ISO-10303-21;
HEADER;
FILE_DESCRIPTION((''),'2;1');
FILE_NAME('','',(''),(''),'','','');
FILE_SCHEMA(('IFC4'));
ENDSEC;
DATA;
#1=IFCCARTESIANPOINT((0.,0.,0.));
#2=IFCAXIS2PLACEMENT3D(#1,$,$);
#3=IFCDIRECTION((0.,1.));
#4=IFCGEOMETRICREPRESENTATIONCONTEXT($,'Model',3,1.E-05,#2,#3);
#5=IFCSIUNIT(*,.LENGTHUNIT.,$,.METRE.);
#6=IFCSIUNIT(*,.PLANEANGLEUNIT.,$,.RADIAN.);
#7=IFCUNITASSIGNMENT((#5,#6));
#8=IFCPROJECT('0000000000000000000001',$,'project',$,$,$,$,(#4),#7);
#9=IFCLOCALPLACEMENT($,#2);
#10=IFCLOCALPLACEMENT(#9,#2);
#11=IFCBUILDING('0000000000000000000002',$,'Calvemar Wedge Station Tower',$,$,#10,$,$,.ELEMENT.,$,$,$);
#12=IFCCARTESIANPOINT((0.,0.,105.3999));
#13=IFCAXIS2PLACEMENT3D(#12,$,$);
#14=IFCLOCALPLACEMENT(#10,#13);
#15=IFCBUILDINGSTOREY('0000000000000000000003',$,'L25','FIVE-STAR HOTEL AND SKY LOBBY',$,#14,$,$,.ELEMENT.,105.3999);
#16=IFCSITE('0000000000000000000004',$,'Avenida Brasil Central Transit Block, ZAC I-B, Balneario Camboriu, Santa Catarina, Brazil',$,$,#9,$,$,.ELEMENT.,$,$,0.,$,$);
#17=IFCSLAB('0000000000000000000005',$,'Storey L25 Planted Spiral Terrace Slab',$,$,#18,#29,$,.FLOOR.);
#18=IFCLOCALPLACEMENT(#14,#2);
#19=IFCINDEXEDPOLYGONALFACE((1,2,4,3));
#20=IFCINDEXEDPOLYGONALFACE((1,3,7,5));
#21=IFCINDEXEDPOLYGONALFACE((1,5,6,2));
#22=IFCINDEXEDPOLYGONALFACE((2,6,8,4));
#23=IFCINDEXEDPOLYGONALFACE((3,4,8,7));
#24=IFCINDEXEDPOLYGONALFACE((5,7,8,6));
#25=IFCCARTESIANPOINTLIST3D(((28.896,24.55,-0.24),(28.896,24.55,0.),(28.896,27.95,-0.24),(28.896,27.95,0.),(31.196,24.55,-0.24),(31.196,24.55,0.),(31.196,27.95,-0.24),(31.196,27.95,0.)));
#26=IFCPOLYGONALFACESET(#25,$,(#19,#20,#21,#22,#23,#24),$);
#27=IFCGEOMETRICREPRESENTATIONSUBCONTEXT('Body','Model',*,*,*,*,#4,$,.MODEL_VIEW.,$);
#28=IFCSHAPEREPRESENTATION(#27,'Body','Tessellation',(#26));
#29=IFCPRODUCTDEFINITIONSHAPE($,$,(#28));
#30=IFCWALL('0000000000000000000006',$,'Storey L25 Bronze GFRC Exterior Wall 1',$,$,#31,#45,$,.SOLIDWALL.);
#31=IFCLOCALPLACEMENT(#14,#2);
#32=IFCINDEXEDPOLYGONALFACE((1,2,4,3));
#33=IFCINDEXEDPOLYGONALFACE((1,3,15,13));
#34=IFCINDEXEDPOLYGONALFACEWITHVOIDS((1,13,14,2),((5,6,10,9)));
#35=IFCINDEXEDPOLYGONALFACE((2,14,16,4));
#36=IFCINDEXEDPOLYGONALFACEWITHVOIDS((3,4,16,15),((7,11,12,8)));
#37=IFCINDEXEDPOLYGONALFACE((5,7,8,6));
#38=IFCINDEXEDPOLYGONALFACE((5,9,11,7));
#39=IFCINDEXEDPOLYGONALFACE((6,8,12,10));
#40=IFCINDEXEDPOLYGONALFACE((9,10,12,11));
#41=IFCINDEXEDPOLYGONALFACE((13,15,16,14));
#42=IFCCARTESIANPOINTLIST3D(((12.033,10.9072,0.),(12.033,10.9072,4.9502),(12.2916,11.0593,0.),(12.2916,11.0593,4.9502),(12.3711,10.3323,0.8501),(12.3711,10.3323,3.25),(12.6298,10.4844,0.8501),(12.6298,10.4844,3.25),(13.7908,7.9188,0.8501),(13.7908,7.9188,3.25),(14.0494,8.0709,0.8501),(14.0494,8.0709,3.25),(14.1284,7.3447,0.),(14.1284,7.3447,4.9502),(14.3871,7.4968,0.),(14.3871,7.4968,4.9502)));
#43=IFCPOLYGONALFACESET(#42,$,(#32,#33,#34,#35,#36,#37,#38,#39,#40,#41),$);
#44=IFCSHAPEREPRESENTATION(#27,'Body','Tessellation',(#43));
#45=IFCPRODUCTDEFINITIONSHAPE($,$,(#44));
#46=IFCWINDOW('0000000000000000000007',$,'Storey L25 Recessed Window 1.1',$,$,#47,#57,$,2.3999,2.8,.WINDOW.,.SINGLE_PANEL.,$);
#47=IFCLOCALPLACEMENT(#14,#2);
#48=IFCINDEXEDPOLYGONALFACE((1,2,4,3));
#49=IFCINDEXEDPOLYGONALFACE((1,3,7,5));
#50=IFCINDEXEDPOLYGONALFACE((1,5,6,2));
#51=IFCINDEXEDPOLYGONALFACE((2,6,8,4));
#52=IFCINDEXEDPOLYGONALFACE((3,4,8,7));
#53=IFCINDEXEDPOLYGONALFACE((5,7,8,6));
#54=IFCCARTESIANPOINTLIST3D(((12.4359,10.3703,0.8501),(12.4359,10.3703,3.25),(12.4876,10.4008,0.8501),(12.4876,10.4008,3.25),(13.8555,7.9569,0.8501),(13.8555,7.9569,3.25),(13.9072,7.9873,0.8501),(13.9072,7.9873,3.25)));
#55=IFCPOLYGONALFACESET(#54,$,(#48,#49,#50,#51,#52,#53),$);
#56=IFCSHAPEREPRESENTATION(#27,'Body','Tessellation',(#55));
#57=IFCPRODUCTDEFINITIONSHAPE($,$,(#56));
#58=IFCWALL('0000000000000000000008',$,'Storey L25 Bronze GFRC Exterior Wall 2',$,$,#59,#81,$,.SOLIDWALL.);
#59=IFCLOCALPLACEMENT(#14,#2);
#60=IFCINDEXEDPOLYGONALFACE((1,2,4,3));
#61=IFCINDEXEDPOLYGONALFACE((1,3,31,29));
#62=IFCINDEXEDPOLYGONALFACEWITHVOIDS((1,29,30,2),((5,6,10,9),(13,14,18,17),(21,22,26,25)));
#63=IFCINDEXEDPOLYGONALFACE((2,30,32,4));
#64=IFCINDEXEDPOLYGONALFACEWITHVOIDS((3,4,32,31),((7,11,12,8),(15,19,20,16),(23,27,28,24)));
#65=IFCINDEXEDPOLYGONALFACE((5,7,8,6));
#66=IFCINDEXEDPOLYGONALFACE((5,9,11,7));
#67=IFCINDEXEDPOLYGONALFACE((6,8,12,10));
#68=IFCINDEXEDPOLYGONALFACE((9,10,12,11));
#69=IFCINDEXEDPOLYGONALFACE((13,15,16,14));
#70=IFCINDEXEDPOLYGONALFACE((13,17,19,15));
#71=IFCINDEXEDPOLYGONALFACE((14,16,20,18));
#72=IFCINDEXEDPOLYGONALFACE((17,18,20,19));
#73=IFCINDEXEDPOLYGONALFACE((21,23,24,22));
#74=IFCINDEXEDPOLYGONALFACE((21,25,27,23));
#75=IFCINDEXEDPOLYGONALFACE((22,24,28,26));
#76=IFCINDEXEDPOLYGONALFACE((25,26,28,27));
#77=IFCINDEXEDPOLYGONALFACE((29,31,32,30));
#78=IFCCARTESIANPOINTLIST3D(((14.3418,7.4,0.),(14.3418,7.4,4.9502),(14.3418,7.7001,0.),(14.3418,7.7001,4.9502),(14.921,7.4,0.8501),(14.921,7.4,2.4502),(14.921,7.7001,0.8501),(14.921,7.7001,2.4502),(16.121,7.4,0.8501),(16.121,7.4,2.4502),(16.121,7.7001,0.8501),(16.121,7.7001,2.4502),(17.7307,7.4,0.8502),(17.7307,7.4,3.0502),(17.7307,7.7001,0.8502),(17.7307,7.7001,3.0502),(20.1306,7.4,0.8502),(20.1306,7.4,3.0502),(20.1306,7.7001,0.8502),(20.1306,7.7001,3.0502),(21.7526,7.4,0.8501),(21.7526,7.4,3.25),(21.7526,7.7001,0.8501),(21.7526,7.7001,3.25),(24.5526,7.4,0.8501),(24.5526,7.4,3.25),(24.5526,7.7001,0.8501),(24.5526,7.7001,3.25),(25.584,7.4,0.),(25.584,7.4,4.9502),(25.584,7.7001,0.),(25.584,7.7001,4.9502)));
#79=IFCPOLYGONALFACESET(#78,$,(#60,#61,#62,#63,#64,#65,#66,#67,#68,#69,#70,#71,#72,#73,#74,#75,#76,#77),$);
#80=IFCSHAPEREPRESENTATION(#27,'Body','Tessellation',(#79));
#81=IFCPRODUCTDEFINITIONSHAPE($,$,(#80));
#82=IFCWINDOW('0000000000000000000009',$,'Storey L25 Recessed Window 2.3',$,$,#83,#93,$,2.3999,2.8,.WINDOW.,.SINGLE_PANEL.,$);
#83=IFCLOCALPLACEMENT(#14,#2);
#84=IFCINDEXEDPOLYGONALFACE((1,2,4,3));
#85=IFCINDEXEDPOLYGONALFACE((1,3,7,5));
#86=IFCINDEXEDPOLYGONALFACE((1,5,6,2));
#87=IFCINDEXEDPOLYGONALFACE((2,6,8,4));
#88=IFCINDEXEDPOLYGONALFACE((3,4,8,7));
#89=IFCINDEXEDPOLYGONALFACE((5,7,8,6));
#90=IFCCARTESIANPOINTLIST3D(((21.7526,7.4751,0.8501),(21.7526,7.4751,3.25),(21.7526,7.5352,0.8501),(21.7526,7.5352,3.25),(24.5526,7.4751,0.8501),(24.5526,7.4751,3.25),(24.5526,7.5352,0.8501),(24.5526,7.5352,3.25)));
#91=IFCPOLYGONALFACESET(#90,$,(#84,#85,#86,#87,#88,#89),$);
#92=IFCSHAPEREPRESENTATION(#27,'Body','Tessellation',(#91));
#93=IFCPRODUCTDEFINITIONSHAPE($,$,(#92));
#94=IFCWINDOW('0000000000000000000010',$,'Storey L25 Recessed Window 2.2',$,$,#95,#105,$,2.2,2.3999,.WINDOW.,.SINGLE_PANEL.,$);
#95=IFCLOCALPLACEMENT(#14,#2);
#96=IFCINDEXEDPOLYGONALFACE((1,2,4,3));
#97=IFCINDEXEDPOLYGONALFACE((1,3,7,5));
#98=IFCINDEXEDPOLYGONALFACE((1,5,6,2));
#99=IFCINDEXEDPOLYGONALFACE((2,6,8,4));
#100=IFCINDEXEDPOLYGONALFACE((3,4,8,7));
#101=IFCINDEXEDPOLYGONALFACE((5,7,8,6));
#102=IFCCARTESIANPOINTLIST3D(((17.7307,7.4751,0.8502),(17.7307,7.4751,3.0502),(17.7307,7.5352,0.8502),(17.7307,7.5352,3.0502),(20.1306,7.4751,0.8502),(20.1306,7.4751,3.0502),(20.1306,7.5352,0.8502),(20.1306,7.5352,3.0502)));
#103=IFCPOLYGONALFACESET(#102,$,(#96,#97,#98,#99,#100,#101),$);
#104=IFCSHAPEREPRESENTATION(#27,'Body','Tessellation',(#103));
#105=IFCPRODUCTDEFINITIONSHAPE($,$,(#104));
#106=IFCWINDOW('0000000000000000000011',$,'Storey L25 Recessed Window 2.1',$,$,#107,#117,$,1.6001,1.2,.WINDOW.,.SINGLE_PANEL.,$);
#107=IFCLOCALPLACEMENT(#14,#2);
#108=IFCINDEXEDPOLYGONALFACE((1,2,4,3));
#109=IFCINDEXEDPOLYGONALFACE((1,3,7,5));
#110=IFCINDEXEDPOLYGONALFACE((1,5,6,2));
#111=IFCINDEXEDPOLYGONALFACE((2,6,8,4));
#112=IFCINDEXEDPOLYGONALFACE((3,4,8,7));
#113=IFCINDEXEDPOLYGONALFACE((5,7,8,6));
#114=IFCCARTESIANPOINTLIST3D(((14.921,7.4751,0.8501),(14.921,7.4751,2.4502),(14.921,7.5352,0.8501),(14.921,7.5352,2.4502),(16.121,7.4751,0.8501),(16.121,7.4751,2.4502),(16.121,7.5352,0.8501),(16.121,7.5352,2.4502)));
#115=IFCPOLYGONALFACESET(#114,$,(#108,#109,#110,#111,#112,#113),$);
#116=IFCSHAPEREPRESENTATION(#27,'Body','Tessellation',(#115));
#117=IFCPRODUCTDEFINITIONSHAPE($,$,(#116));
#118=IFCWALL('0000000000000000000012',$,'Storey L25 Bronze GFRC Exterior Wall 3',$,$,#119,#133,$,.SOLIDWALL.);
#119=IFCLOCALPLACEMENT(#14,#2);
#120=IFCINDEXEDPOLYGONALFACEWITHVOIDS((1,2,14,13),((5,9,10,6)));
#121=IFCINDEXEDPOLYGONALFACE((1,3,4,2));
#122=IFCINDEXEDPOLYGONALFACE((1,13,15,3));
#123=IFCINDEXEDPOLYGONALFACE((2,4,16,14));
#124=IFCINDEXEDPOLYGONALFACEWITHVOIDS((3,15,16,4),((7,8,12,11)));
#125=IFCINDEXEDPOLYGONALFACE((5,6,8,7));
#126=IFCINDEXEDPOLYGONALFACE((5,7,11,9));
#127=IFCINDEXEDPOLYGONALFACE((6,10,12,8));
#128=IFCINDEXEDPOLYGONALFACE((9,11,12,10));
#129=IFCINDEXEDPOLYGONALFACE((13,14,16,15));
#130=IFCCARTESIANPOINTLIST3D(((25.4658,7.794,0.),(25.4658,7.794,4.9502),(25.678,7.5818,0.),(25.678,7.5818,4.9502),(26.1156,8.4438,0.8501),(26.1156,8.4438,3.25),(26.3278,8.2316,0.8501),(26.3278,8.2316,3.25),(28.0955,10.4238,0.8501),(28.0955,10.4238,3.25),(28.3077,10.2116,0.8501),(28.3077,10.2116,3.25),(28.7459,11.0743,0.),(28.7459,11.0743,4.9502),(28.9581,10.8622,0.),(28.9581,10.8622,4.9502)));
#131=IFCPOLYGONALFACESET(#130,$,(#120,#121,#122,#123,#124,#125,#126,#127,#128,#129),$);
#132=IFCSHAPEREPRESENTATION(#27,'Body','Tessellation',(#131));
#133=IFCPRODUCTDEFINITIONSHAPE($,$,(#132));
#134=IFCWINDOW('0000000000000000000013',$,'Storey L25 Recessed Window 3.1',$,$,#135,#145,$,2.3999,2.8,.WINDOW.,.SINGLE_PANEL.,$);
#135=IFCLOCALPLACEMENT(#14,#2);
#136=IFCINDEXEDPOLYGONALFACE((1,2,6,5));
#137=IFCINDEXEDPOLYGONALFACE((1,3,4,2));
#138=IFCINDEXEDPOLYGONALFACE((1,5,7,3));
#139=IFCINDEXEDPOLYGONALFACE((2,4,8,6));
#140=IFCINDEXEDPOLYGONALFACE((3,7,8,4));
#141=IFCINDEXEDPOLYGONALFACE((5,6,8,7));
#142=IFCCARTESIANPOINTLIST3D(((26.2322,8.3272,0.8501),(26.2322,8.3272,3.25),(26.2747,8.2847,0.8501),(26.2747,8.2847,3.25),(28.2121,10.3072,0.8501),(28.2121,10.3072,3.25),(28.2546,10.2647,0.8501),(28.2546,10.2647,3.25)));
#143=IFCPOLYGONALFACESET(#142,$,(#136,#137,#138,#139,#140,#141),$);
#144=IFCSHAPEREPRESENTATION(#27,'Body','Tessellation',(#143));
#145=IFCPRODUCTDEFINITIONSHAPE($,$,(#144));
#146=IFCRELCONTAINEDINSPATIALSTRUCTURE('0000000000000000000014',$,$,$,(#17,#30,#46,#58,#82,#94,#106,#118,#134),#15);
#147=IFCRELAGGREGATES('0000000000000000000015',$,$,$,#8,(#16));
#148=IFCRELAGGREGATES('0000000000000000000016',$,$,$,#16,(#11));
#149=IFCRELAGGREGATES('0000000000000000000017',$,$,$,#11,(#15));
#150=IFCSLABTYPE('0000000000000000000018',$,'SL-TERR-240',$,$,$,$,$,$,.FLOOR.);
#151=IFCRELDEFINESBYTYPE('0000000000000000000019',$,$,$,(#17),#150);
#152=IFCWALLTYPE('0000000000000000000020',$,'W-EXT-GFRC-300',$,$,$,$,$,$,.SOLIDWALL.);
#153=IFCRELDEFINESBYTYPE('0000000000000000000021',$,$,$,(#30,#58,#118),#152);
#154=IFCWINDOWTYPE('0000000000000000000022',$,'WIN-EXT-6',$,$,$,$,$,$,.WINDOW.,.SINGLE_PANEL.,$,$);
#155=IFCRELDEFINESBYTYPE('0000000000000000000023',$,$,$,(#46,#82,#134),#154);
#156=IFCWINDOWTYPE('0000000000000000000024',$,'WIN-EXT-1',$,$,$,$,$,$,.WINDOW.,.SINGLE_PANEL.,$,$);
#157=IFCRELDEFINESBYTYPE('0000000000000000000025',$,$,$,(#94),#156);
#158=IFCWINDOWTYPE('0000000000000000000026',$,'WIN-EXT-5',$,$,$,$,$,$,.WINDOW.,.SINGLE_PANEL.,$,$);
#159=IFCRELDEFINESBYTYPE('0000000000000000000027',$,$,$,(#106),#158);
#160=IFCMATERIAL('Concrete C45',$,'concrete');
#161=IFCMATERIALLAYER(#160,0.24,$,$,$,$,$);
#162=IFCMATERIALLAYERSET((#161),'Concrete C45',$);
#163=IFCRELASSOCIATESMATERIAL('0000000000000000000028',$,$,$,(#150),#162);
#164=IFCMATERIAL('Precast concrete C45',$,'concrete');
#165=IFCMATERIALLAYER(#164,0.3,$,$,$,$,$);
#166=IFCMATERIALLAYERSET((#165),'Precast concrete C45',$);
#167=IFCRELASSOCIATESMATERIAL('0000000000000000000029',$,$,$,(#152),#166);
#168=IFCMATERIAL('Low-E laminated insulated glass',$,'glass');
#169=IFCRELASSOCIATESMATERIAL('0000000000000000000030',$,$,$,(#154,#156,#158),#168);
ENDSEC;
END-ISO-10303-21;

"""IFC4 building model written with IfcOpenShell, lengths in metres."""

from ifc_helpers import new_model, si_unit, direction, frame, frame_2d, origin, place, context, subcontext, project, spatial, polyline, rectangle, outline, extrude, source, transform, mapped, material, layer, layer_set, type_object, element, fill, save


model = new_model("IFC4")

# Units and contexts
model_context = context("Model", 3, precision=1e-05, world=origin(), true_north=direction((0.0, 1.0)))
body_context = subcontext(model_context, "Body", "Model", "MODEL_VIEW")
ifc_project = project(units=[si_unit("LENGTHUNIT", "METRE"), si_unit("PLANEANGLEUNIT", "RADIAN")], contexts=[model_context])

# Site, building, storey
site_placement = place(None, origin())
site = spatial("IfcSite", under=ifc_project, at=site_placement, Name="Avenida Brasil Central Transit Block, ZAC I-B, Balneario Camboriu, Santa Catarina, Brazil", CompositionType="ELEMENT", RefElevation=0.0)
building_placement = place(site_placement, origin())
building = spatial("IfcBuilding", under=site, at=building_placement, Name="Calvemar Wedge Station Tower", CompositionType="ELEMENT")
storey_placement = place(building_placement, frame((0.0, 0.0, 105.3999)))
storey = spatial("IfcBuildingStorey", under=building, at=storey_placement, Name="L25", Description="FIVE-STAR HOTEL AND SKY LOBBY", CompositionType="ELEMENT", Elevation=105.3999)

# Shared definitions
ifc_material_1 = material(Name="Concrete C45", Category="concrete")

# Slab
ifc_layer_1 = layer(ifc_material_1, 0.24)
ifc_layer_set_1 = layer_set([ifc_layer_1], Name="Concrete C45")
slab_type_1 = type_object("IfcSlabType", Name="SL-TERR-240", PredefinedType="FLOOR", material=ifc_layer_set_1)
slab_1_placement = place(storey_placement, frame((0.0, 0.0, -0.24)))
element("IfcSlab", 1, at=slab_1_placement, inside=storey, type_object=slab_type_1, Name="Storey L25 Planted Spiral Terrace Slab", PredefinedType="FLOOR", context=body_context, shape_type="SweptSolid", body=[
    extrude(outline(polyline([(28.896, 24.55), (31.196, 24.55), (31.196, 27.95), (28.896, 27.95), (28.896, 24.55)])), origin(), (0.0, 0.0, 1.0), 0.24),
])

# Wall, opening, window
ifc_material_2 = material(Name="Precast concrete C45", Category="concrete")
ifc_layer_2 = layer(ifc_material_2, 0.3)
ifc_layer_set_2 = layer_set([ifc_layer_2], Name="Precast concrete C45")
wall_type_1 = type_object("IfcWallType", Name="W-EXT-GFRC-300", PredefinedType="SOLIDWALL", material=ifc_layer_set_2)
wall_1_placement = place(storey_placement, frame((12.1624, 10.9832, 0.0), z_axis=(0.0, 0.0, 1.0), x_axis=(0.506997, -0.861948, 0.0)))
wall_1 = element("IfcWall", 2, at=wall_1_placement, inside=storey, type_object=wall_type_1, Name="Storey L25 Bronze GFRC Exterior Wall 1", PredefinedType="SOLIDWALL", context=body_context, shape_type="SweptSolid", body=[
    extrude(rectangle(XDim=4.1331, YDim=0.3, at=frame_2d((2.0664, 0.0))), origin(), (0.0, 0.0, 1.0), 4.9502),
])
shared_shape_1 = source(origin(), body_context, "Body", "SweptSolid", [
    extrude(rectangle(XDim=2.8, YDim=2.3999, at=frame_2d((1.3999, 1.2))), frame((0.0, 0.1602, 0.0), z_axis=(0.0, -1.0, 0.0), x_axis=(1.0, 0.0, 0.0)), (0.0, 0.0, 1.0), 0.3201),
])
opening_1_placement = place(wall_1_placement, frame((0.667, 0.0, 0.8501)))
opening_1 = element("IfcOpeningElement", 3, at=opening_1_placement, cuts=wall_1, PredefinedType="OPENING", context=body_context, shape_type="MappedRepresentation", body=[
    mapped(shared_shape_1, transform((0.0, 0.0, 0.0), scale=1.0)),
])
ifc_material_3 = material(Name="Low-E laminated insulated glass", Category="glass")
window_type_1 = type_object("IfcWindowType", Name="WIN-EXT-6", PartitioningType="SINGLE_PANEL", PredefinedType="WINDOW", material=ifc_material_3)
shared_shape_2 = source(origin(), body_context, "Body", "SweptSolid", [
    extrude(rectangle(XDim=2.8, YDim=2.3999, at=frame_2d((1.3999, 1.2))), frame((0.0, -0.0149, 0.0), z_axis=(0.0, -1.0, 0.0), x_axis=(1.0, 0.0, 0.0)), (0.0, 0.0, 1.0), 0.0601),
])
window_1_placement = place(opening_1_placement, origin())
window_1 = element("IfcWindow", 4, at=window_1_placement, inside=storey, type_object=window_type_1, Name="Storey L25 Recessed Window 1.1", OverallHeight=2.3999, OverallWidth=2.8, PartitioningType="SINGLE_PANEL", PredefinedType="WINDOW", context=body_context, shape_type="MappedRepresentation", body=[
    mapped(shared_shape_2, transform((0.0, 0.0, 0.0), scale=1.0)),
])
fill(opening_1, window_1)

# Wall, openings, windows
wall_2_placement = place(storey_placement, frame((14.3418, 7.55, 0.0), z_axis=(0.0, 0.0, 1.0), x_axis=(1.0, 0.0, 0.0)))
wall_2 = element("IfcWall", 5, at=wall_2_placement, inside=storey, type_object=wall_type_1, Name="Storey L25 Bronze GFRC Exterior Wall 2", PredefinedType="SOLIDWALL", context=body_context, shape_type="SweptSolid", body=[
    extrude(rectangle(XDim=11.2422, YDim=0.3, at=frame_2d((5.6211, 0.0))), origin(), (0.0, 0.0, 1.0), 4.9502),
])
shared_shape_3 = source(origin(), body_context, "Body", "SweptSolid", [
    extrude(rectangle(XDim=1.2, YDim=1.6001, at=frame_2d((0.6001, 0.8))), frame((0.0, 0.1602, 0.0), z_axis=(0.0, -1.0, 0.0), x_axis=(1.0, 0.0, 0.0)), (0.0, 0.0, 1.0), 0.3201),
])
opening_2_placement = place(wall_2_placement, frame((0.5791, 0.0, 0.8501)))
opening_2 = element("IfcOpeningElement", 6, at=opening_2_placement, cuts=wall_2, PredefinedType="OPENING", context=body_context, shape_type="MappedRepresentation", body=[
    mapped(shared_shape_3, transform((0.0, 0.0, 0.0), scale=1.0)),
])
shared_shape_4 = source(origin(), body_context, "Body", "SweptSolid", [
    extrude(rectangle(XDim=2.3999, YDim=2.2, at=frame_2d((1.2, 1.1001))), frame((0.0, 0.1602, 0.0), z_axis=(0.0, -1.0, 0.0), x_axis=(1.0, 0.0, 0.0)), (0.0, 0.0, 1.0), 0.3201),
])
opening_3_placement = place(wall_2_placement, frame((3.3889, 0.0, 0.8501)))
opening_3 = element("IfcOpeningElement", 7, at=opening_3_placement, cuts=wall_2, PredefinedType="OPENING", context=body_context, shape_type="MappedRepresentation", body=[
    mapped(shared_shape_4, transform((0.0, 0.0, 0.0), scale=1.0)),
])
opening_4_placement = place(wall_2_placement, frame((7.4109, 0.0, 0.8501)))
opening_4 = element("IfcOpeningElement", 8, at=opening_4_placement, cuts=wall_2, PredefinedType="OPENING", context=body_context, shape_type="MappedRepresentation", body=[
    mapped(shared_shape_1, transform((0.0, 0.0, 0.0), scale=1.0)),
])
window_2_placement = place(opening_4_placement, origin())
window_2 = element("IfcWindow", 9, at=window_2_placement, inside=storey, type_object=window_type_1, Name="Storey L25 Recessed Window 2.3", OverallHeight=2.3999, OverallWidth=2.8, PartitioningType="SINGLE_PANEL", PredefinedType="WINDOW", context=body_context, shape_type="MappedRepresentation", body=[
    mapped(shared_shape_2, transform((0.0, 0.0, 0.0), scale=1.0)),
])
fill(opening_4, window_2)
window_type_2 = type_object("IfcWindowType", Name="WIN-EXT-1", PartitioningType="SINGLE_PANEL", PredefinedType="WINDOW", material=ifc_material_3)
shared_shape_5 = source(origin(), body_context, "Body", "SweptSolid", [
    extrude(rectangle(XDim=2.3999, YDim=2.2, at=frame_2d((1.2, 1.1001))), frame((0.0, -0.0149, 0.0), z_axis=(0.0, -1.0, 0.0), x_axis=(1.0, 0.0, 0.0)), (0.0, 0.0, 1.0), 0.0601),
])
window_3_placement = place(opening_3_placement, origin())
window_3 = element("IfcWindow", 10, at=window_3_placement, inside=storey, type_object=window_type_2, Name="Storey L25 Recessed Window 2.2", OverallHeight=2.2, OverallWidth=2.3999, PartitioningType="SINGLE_PANEL", PredefinedType="WINDOW", context=body_context, shape_type="MappedRepresentation", body=[
    mapped(shared_shape_5, transform((0.0, 0.0, 0.0), scale=1.0)),
])
fill(opening_3, window_3)
window_type_3 = type_object("IfcWindowType", Name="WIN-EXT-5", PartitioningType="SINGLE_PANEL", PredefinedType="WINDOW", material=ifc_material_3)
shared_shape_6 = source(origin(), body_context, "Body", "SweptSolid", [
    extrude(rectangle(XDim=1.2, YDim=1.6001, at=frame_2d((0.6001, 0.8))), frame((0.0, -0.0149, 0.0), z_axis=(0.0, -1.0, 0.0), x_axis=(1.0, 0.0, 0.0)), (0.0, 0.0, 1.0), 0.0601),
])
window_4_placement = place(opening_2_placement, origin())
window_4 = element("IfcWindow", 11, at=window_4_placement, inside=storey, type_object=window_type_3, Name="Storey L25 Recessed Window 2.1", OverallHeight=1.6001, OverallWidth=1.2, PartitioningType="SINGLE_PANEL", PredefinedType="WINDOW", context=body_context, shape_type="MappedRepresentation", body=[
    mapped(shared_shape_6, transform((0.0, 0.0, 0.0), scale=1.0)),
])
fill(opening_2, window_4)

# Wall, opening, window
wall_3_placement = place(storey_placement, frame((25.572, 7.688, 0.0), z_axis=(0.0, 0.0, 1.0), x_axis=(0.70708, 0.707133, 0.0)))
wall_3 = element("IfcWall", 12, at=wall_3_placement, inside=storey, type_object=wall_type_1, Name="Storey L25 Bronze GFRC Exterior Wall 3", PredefinedType="SOLIDWALL", context=body_context, shape_type="SweptSolid", body=[
    extrude(rectangle(XDim=4.6389, YDim=0.3, at=frame_2d((2.3193, 0.0))), origin(), (0.0, 0.0, 1.0), 4.9502),
])
opening_5_placement = place(wall_3_placement, frame((0.9189, 0.0, 0.8501)))
opening_5 = element("IfcOpeningElement", 13, at=opening_5_placement, cuts=wall_3, PredefinedType="OPENING", context=body_context, shape_type="MappedRepresentation", body=[
    mapped(shared_shape_1, transform((0.0, 0.0, 0.0), scale=1.0)),
])
window_5_placement = place(opening_5_placement, origin())
window_5 = element("IfcWindow", 14, at=window_5_placement, inside=storey, type_object=window_type_1, Name="Storey L25 Recessed Window 3.1", OverallHeight=2.3999, OverallWidth=2.8, PartitioningType="SINGLE_PANEL", PredefinedType="WINDOW", context=body_context, shape_type="MappedRepresentation", body=[
    mapped(shared_shape_2, transform((0.0, 0.0, 0.0), scale=1.0)),
])
fill(opening_5, window_5)

save(model, "model.ifc")
